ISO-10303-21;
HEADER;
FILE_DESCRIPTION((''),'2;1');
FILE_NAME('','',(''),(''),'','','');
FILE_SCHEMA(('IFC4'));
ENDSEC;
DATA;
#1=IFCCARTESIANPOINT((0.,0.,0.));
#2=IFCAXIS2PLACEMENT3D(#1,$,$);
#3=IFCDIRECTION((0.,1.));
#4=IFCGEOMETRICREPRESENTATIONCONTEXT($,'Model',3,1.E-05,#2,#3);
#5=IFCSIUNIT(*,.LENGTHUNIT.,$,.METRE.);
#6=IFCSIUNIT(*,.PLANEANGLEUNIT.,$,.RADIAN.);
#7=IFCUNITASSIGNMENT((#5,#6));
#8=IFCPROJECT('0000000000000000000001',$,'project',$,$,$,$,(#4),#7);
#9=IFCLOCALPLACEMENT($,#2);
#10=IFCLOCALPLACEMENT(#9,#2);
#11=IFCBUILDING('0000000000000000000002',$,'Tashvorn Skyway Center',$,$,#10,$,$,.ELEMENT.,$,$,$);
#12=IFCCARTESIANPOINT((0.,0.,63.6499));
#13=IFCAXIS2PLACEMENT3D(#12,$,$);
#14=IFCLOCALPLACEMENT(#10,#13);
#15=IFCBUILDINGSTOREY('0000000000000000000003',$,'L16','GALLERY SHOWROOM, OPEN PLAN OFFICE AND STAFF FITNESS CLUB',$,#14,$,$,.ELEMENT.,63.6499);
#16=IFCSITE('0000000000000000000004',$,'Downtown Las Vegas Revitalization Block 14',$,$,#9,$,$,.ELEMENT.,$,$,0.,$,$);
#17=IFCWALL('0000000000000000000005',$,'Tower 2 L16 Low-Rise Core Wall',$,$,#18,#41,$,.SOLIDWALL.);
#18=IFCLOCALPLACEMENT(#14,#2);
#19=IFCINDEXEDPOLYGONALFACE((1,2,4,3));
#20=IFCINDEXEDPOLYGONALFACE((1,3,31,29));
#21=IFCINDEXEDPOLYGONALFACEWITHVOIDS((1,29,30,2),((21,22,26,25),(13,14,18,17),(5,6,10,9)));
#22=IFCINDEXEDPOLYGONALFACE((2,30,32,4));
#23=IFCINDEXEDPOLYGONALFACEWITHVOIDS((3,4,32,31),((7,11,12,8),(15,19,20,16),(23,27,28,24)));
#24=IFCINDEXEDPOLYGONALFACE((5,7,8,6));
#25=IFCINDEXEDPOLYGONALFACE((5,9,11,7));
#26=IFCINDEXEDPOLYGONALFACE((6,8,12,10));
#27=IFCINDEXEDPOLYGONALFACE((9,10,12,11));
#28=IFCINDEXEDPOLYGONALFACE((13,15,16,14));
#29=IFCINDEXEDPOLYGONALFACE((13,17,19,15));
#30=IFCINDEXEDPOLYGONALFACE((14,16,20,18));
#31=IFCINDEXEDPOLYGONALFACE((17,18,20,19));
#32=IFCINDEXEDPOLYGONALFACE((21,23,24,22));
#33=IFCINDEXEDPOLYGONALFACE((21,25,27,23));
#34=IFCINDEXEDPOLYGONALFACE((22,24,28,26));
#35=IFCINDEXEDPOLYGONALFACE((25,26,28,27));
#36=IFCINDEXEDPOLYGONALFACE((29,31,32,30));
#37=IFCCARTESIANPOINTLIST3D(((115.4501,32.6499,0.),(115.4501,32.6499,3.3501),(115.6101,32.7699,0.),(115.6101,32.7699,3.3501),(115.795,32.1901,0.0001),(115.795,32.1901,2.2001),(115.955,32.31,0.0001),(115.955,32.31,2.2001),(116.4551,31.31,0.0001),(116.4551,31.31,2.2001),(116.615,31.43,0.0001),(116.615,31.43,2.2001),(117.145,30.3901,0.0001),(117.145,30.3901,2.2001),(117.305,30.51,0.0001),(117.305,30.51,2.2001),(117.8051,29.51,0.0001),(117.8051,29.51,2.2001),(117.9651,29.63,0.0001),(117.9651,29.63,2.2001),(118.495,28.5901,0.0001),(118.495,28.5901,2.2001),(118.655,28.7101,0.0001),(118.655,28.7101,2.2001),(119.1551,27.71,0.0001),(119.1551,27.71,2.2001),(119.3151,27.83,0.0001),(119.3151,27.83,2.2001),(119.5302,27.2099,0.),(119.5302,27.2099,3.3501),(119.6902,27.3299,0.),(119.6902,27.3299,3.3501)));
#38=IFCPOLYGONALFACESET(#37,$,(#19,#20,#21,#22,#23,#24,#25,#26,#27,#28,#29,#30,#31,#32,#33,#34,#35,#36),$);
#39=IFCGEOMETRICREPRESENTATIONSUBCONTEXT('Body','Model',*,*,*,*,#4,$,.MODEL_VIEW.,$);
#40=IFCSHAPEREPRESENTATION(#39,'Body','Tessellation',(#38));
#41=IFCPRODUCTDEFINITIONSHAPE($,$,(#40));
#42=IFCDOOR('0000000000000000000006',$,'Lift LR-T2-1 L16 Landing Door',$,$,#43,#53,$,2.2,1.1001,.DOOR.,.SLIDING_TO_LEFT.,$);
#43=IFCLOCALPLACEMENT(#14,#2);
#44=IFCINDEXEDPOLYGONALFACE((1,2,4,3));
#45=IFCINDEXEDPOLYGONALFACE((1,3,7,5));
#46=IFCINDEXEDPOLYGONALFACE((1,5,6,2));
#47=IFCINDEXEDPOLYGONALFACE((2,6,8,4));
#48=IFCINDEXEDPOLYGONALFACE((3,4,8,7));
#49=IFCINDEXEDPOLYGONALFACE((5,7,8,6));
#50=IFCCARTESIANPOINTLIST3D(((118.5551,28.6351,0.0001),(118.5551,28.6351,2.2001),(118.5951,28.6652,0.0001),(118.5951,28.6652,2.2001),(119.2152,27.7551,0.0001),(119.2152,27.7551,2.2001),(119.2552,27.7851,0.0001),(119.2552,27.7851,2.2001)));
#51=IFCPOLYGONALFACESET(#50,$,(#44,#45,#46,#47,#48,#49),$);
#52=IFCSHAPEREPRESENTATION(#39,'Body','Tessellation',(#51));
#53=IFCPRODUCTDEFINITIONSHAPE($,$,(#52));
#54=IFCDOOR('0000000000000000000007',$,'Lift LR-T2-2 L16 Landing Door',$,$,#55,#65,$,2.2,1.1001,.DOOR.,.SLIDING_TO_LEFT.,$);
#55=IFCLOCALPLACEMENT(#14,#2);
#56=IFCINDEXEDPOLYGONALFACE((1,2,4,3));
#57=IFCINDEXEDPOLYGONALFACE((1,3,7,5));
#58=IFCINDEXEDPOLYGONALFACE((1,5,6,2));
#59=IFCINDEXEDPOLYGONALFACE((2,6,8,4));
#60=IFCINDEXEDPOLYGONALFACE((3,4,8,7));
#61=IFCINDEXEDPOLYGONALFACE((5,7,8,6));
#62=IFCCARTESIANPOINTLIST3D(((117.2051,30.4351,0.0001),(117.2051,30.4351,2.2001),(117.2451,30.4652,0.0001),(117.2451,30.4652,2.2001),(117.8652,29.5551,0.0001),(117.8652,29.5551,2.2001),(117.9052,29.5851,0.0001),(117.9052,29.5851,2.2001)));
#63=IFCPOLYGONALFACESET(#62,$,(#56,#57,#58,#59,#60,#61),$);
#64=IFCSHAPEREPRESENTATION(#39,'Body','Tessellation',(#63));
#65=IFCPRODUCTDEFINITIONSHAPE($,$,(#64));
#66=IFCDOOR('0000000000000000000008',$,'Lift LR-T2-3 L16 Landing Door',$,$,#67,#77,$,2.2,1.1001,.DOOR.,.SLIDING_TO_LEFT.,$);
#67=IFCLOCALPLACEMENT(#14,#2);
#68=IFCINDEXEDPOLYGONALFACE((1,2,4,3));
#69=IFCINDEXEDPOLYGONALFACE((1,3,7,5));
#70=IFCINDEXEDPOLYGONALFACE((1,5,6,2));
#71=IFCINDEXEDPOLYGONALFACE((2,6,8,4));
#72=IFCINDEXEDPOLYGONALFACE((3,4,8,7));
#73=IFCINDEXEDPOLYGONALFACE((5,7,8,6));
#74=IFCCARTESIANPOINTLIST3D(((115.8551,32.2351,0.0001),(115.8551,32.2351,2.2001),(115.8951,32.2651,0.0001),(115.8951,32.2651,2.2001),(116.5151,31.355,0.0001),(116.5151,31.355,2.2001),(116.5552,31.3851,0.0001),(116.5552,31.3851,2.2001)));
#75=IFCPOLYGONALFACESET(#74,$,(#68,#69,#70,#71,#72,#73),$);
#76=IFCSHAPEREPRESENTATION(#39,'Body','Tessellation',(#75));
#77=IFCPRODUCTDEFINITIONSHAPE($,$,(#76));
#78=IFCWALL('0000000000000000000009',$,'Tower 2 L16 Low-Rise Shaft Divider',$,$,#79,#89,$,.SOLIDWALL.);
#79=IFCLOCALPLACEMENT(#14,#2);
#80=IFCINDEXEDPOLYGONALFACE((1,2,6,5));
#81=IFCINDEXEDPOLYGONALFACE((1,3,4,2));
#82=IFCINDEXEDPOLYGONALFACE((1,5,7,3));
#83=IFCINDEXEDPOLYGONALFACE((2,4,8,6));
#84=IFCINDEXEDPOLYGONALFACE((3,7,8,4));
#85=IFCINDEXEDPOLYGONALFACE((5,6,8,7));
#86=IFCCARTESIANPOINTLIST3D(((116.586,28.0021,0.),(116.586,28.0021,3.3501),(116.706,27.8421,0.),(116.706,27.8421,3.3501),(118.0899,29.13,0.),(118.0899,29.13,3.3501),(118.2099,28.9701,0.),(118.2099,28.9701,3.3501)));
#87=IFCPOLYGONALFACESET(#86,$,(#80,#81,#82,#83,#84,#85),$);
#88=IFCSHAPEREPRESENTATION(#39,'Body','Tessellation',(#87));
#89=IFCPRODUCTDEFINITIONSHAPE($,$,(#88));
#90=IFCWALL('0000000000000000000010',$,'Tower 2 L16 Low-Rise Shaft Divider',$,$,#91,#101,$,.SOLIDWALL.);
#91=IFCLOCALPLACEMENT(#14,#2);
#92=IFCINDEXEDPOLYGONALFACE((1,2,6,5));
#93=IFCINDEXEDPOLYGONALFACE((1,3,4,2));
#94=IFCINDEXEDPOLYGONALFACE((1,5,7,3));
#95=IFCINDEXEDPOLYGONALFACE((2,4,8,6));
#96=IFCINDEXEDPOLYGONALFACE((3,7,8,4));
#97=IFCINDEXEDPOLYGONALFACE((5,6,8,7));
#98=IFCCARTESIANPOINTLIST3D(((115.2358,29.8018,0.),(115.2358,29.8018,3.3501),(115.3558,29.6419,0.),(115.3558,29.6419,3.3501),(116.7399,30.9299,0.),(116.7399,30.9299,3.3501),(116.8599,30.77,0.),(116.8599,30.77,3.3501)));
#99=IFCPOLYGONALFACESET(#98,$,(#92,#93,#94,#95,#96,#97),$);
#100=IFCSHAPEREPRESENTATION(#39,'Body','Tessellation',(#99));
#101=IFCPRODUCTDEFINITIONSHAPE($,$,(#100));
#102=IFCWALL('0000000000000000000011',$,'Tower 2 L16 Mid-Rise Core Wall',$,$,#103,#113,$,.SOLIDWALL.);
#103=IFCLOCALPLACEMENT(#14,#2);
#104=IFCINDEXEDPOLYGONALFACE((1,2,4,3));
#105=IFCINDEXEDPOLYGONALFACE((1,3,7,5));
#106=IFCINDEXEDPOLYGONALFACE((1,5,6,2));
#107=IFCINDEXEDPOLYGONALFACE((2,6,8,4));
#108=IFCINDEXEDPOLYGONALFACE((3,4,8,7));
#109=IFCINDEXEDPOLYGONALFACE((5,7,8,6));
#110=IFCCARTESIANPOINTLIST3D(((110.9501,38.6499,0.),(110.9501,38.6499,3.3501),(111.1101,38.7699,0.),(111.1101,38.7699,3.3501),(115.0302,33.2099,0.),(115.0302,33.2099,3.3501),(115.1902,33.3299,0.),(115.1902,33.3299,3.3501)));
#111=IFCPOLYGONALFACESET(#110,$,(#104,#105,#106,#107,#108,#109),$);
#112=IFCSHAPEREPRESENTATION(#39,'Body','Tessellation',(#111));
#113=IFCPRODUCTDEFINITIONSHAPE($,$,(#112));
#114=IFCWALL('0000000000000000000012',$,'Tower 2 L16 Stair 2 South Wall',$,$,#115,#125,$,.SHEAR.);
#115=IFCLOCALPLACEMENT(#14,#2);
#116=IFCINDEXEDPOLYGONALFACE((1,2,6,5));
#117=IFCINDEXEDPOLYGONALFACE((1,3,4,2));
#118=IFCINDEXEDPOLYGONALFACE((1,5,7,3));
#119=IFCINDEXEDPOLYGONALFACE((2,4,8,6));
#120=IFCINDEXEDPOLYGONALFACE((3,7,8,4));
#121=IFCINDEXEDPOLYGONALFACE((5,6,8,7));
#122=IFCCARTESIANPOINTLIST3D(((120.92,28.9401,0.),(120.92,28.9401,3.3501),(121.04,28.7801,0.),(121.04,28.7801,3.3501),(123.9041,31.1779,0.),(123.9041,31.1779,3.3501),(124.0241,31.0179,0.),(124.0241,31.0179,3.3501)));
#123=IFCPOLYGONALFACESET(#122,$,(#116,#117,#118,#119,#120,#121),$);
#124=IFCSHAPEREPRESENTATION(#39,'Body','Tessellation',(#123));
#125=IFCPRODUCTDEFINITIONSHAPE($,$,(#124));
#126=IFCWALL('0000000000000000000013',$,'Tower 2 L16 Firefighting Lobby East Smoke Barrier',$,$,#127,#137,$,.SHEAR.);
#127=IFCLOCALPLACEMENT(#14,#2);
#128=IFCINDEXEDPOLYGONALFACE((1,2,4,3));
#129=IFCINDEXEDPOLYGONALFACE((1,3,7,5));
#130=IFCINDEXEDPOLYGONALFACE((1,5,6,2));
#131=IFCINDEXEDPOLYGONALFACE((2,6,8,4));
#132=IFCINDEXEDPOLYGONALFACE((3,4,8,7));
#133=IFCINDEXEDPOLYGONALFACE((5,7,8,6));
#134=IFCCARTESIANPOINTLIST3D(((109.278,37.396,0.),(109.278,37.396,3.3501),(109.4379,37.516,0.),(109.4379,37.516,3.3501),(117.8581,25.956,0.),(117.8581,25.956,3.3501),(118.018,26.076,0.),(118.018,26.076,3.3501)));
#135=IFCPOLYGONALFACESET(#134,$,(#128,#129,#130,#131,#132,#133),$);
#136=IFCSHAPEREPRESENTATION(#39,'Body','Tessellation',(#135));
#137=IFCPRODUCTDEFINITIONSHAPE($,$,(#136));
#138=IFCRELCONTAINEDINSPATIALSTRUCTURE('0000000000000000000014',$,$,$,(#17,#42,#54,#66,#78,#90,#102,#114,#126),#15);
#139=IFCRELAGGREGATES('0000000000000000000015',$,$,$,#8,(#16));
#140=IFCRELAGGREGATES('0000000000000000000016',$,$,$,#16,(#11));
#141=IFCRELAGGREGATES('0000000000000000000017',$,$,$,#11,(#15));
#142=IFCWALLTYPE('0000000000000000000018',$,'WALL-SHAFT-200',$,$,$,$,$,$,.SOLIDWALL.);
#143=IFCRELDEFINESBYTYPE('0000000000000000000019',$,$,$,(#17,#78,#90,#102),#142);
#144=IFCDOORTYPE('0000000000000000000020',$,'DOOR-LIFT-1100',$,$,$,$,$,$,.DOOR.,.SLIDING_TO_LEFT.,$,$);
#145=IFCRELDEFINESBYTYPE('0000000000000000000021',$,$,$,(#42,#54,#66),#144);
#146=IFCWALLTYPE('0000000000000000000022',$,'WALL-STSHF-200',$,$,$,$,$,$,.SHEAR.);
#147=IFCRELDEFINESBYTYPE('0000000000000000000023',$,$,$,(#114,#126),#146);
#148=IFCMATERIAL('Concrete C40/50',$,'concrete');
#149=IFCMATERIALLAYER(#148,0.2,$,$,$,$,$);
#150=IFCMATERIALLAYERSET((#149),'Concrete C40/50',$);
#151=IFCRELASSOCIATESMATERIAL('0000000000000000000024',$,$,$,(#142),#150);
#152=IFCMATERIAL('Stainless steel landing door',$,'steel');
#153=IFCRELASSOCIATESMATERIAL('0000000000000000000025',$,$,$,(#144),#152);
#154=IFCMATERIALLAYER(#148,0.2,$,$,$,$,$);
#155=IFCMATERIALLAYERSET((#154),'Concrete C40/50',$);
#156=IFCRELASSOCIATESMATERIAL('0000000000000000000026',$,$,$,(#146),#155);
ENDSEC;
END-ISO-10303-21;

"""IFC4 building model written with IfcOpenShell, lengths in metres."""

from ifc_helpers import new_model, si_unit, direction, frame, frame_2d, origin, place, context, subcontext, project, spatial, rectangle, extrude, material, layer, layer_set, type_object, element, fill, save


model = new_model("IFC4")

# Units and contexts
model_context = context("Model", 3, precision=1e-05, world=origin(), true_north=direction((0.0, 1.0)))
body_context = subcontext(model_context, "Body", "Model", "MODEL_VIEW")
ifc_project = project(units=[si_unit("LENGTHUNIT", "METRE"), si_unit("PLANEANGLEUNIT", "RADIAN")], contexts=[model_context])

# Site, building, storey
site_placement = place(None, origin())
site = spatial("IfcSite", under=ifc_project, at=site_placement, Name="Downtown Las Vegas Revitalization Block 14", CompositionType="ELEMENT", RefElevation=0.0)
building_placement = place(site_placement, origin())
building = spatial("IfcBuilding", under=site, at=building_placement, Name="Tashvorn Skyway Center", CompositionType="ELEMENT")
storey_placement = place(building_placement, frame((0.0, 0.0, 63.6499)))
storey = spatial("IfcBuildingStorey", under=building, at=storey_placement, Name="L16", Description="GALLERY SHOWROOM, OPEN PLAN OFFICE AND STAFF FITNESS CLUB", CompositionType="ELEMENT", Elevation=63.6499)

# Wall, openings, doors
ifc_material_1 = material(Name="Concrete C40/50", Category="concrete")
ifc_layer_1 = layer(ifc_material_1, 0.2)
ifc_layer_set_1 = layer_set([ifc_layer_1], Name="Concrete C40/50")
wall_type_1 = type_object("IfcWallType", Name="WALL-SHAFT-200", PredefinedType="SOLIDWALL", material=ifc_layer_set_1)
wall_1_placement = place(storey_placement, frame((119.6101, 27.27, 0.0), z_axis=(0.0, 0.0, 1.0), x_axis=(-0.600011, 0.799991, 0.0)))
wall_1 = element("IfcWall", 1, at=wall_1_placement, inside=storey, type_object=wall_type_1, Name="Tower 2 L16 Low-Rise Core Wall", PredefinedType="SOLIDWALL", context=body_context, shape_type="SweptSolid", body=[
    extrude(rectangle(XDim=6.8, YDim=0.2, at=frame_2d((3.3999, 0.0))), origin(), (0.0, 0.0, 1.0), 3.3501),
])
opening_1_placement = place(wall_1_placement, frame((0.625, 0.0, 0.0)))
opening_1 = element("IfcOpeningElement", 2, at=opening_1_placement, cuts=wall_1, PredefinedType="OPENING", context=body_context, shape_type="SweptSolid", body=[
    extrude(rectangle(XDim=1.1001, YDim=2.2, at=frame_2d((0.55, 1.1001))), frame((0.0, 0.1099, 0.0), z_axis=(0.0, -1.0, 0.0), x_axis=(1.0, 0.0, 0.0)), (0.0, 0.0, 1.0), 0.22),
])
opening_2_placement = place(wall_1_placement, frame((2.875, 0.0, 0.0)))
opening_2 = element("IfcOpeningElement", 3, at=opening_2_placement, cuts=wall_1, PredefinedType="OPENING", context=body_context, shape_type="SweptSolid", body=[
    extrude(rectangle(XDim=1.1001, YDim=2.2, at=frame_2d((0.55, 1.1001))), frame((0.0, 0.1099, 0.0), z_axis=(0.0, -1.0, 0.0), x_axis=(1.0, 0.0, 0.0)), (0.0, 0.0, 1.0), 0.22),
])
opening_3_placement = place(wall_1_placement, frame((5.125, 0.0, 0.0)))
opening_3 = element("IfcOpeningElement", 4, at=opening_3_placement, cuts=wall_1, PredefinedType="OPENING", context=body_context, shape_type="SweptSolid", body=[
    extrude(rectangle(XDim=1.1001, YDim=2.2, at=frame_2d((0.55, 1.1001))), frame((0.0, 0.1099, 0.0), z_axis=(0.0, -1.0, 0.0), x_axis=(1.0, 0.0, 0.0)), (0.0, 0.0, 1.0), 0.22),
])
ifc_material_2 = material(Name="Stainless steel landing door", Category="steel")
door_type_1 = type_object("IfcDoorType", Name="DOOR-LIFT-1100", OperationType="SLIDING_TO_LEFT", PredefinedType="DOOR", material=ifc_material_2)
door_1_placement = place(opening_1_placement, origin())
door_1 = element("IfcDoor", 5, at=door_1_placement, inside=storey, type_object=door_type_1, Name="Lift LR-T2-1 L16 Landing Door", OperationType="SLIDING_TO_LEFT", OverallHeight=2.2, OverallWidth=1.1001, PredefinedType="DOOR", context=body_context, shape_type="SweptSolid", body=[
    extrude(rectangle(XDim=1.1001, YDim=2.2, at=frame_2d((0.55, 1.1001))), frame((0.0, 0.0249, 0.0), z_axis=(0.0, -1.0, 0.0), x_axis=(1.0, 0.0, 0.0)), (0.0, 0.0, 1.0), 0.05),
])
fill(opening_1, door_1)
door_2_placement = place(opening_2_placement, origin())
door_2 = element("IfcDoor", 6, at=door_2_placement, inside=storey, type_object=door_type_1, Name="Lift LR-T2-2 L16 Landing Door", OperationType="SLIDING_TO_LEFT", OverallHeight=2.2, OverallWidth=1.1001, PredefinedType="DOOR", context=body_context, shape_type="SweptSolid", body=[
    extrude(rectangle(XDim=1.1001, YDim=2.2, at=frame_2d((0.55, 1.1001))), frame((0.0, 0.0249, 0.0), z_axis=(0.0, -1.0, 0.0), x_axis=(1.0, 0.0, 0.0)), (0.0, 0.0, 1.0), 0.05),
])
fill(opening_2, door_2)
door_3_placement = place(opening_3_placement, origin())
door_3 = element("IfcDoor", 7, at=door_3_placement, inside=storey, type_object=door_type_1, Name="Lift LR-T2-3 L16 Landing Door", OperationType="SLIDING_TO_LEFT", OverallHeight=2.2, OverallWidth=1.1001, PredefinedType="DOOR", context=body_context, shape_type="SweptSolid", body=[
    extrude(rectangle(XDim=1.1001, YDim=2.2, at=frame_2d((0.55, 1.1001))), frame((0.0, 0.0249, 0.0), z_axis=(0.0, -1.0, 0.0), x_axis=(1.0, 0.0, 0.0)), (0.0, 0.0, 1.0), 0.05),
])
fill(opening_3, door_3)

# Walls
wall_2_placement = place(storey_placement, frame((116.646, 27.9221, 0.0), z_axis=(0.0, 0.0, 1.0), x_axis=(0.8, 0.6, 0.0)))
element("IfcWall", 8, at=wall_2_placement, inside=storey, type_object=wall_type_1, Name="Tower 2 L16 Low-Rise Shaft Divider", PredefinedType="SOLIDWALL", context=body_context, shape_type="SweptSolid", body=[
    extrude(rectangle(XDim=1.8799, YDim=0.2, at=frame_2d((0.9399, 0.0))), origin(), (0.0, 0.0, 1.0), 3.3501),
])
wall_3_placement = place(storey_placement, frame((115.2959, 29.7219, 0.0), z_axis=(0.0, 0.0, 1.0), x_axis=(0.799984, 0.600021, 0.0)))
element("IfcWall", 9, at=wall_3_placement, inside=storey, type_object=wall_type_1, Name="Tower 2 L16 Low-Rise Shaft Divider", PredefinedType="SOLIDWALL", context=body_context, shape_type="SweptSolid", body=[
    extrude(rectangle(XDim=1.8801, YDim=0.2, at=frame_2d((0.9399, 0.0))), origin(), (0.0, 0.0, 1.0), 3.3501),
])
wall_4_placement = place(storey_placement, frame((115.1101, 33.27, 0.0), z_axis=(0.0, 0.0, 1.0), x_axis=(-0.600011, 0.799991, 0.0)))
element("IfcWall", 10, at=wall_4_placement, inside=storey, type_object=wall_type_1, Name="Tower 2 L16 Mid-Rise Core Wall", PredefinedType="SOLIDWALL", context=body_context, shape_type="SweptSolid", body=[
    extrude(rectangle(XDim=6.8, YDim=0.2, at=frame_2d((3.3999, 0.0))), origin(), (0.0, 0.0, 1.0), 3.3501),
])
ifc_layer_2 = layer(ifc_material_1, 0.2)
ifc_layer_set_2 = layer_set([ifc_layer_2], Name="Concrete C40/50")
wall_type_2 = type_object("IfcWallType", Name="WALL-STSHF-200", PredefinedType="SHEAR", material=ifc_layer_set_2)
wall_5_placement = place(storey_placement, frame((120.98, 28.8601, 0.0), z_axis=(0.0, 0.0, 1.0), x_axis=(0.800039, 0.599948, 0.0)))
element("IfcWall", 11, at=wall_5_placement, inside=storey, type_object=wall_type_2, Name="Tower 2 L16 Stair 2 South Wall", PredefinedType="SHEAR", context=body_context, shape_type="SweptSolid", body=[
    extrude(rectangle(XDim=3.73, YDim=0.2, at=frame_2d((1.865, 0.0))), origin(), (0.0, 0.0, 1.0), 3.3501),
])
wall_6_placement = place(storey_placement, frame((117.938, 26.0161, 0.0), z_axis=(0.0, 0.0, 1.0), x_axis=(-0.600005, 0.799996, 0.0)))
element("IfcWall", 12, at=wall_6_placement, inside=storey, type_object=wall_type_2, Name="Tower 2 L16 Firefighting Lobby East Smoke Barrier", PredefinedType="SHEAR", context=body_context, shape_type="SweptSolid", body=[
    extrude(rectangle(XDim=14.3, YDim=0.2, at=frame_2d((7.1499, 0.0))), origin(), (0.0, 0.0, 1.0), 3.3501),
])

save(model, "model.ifc")
